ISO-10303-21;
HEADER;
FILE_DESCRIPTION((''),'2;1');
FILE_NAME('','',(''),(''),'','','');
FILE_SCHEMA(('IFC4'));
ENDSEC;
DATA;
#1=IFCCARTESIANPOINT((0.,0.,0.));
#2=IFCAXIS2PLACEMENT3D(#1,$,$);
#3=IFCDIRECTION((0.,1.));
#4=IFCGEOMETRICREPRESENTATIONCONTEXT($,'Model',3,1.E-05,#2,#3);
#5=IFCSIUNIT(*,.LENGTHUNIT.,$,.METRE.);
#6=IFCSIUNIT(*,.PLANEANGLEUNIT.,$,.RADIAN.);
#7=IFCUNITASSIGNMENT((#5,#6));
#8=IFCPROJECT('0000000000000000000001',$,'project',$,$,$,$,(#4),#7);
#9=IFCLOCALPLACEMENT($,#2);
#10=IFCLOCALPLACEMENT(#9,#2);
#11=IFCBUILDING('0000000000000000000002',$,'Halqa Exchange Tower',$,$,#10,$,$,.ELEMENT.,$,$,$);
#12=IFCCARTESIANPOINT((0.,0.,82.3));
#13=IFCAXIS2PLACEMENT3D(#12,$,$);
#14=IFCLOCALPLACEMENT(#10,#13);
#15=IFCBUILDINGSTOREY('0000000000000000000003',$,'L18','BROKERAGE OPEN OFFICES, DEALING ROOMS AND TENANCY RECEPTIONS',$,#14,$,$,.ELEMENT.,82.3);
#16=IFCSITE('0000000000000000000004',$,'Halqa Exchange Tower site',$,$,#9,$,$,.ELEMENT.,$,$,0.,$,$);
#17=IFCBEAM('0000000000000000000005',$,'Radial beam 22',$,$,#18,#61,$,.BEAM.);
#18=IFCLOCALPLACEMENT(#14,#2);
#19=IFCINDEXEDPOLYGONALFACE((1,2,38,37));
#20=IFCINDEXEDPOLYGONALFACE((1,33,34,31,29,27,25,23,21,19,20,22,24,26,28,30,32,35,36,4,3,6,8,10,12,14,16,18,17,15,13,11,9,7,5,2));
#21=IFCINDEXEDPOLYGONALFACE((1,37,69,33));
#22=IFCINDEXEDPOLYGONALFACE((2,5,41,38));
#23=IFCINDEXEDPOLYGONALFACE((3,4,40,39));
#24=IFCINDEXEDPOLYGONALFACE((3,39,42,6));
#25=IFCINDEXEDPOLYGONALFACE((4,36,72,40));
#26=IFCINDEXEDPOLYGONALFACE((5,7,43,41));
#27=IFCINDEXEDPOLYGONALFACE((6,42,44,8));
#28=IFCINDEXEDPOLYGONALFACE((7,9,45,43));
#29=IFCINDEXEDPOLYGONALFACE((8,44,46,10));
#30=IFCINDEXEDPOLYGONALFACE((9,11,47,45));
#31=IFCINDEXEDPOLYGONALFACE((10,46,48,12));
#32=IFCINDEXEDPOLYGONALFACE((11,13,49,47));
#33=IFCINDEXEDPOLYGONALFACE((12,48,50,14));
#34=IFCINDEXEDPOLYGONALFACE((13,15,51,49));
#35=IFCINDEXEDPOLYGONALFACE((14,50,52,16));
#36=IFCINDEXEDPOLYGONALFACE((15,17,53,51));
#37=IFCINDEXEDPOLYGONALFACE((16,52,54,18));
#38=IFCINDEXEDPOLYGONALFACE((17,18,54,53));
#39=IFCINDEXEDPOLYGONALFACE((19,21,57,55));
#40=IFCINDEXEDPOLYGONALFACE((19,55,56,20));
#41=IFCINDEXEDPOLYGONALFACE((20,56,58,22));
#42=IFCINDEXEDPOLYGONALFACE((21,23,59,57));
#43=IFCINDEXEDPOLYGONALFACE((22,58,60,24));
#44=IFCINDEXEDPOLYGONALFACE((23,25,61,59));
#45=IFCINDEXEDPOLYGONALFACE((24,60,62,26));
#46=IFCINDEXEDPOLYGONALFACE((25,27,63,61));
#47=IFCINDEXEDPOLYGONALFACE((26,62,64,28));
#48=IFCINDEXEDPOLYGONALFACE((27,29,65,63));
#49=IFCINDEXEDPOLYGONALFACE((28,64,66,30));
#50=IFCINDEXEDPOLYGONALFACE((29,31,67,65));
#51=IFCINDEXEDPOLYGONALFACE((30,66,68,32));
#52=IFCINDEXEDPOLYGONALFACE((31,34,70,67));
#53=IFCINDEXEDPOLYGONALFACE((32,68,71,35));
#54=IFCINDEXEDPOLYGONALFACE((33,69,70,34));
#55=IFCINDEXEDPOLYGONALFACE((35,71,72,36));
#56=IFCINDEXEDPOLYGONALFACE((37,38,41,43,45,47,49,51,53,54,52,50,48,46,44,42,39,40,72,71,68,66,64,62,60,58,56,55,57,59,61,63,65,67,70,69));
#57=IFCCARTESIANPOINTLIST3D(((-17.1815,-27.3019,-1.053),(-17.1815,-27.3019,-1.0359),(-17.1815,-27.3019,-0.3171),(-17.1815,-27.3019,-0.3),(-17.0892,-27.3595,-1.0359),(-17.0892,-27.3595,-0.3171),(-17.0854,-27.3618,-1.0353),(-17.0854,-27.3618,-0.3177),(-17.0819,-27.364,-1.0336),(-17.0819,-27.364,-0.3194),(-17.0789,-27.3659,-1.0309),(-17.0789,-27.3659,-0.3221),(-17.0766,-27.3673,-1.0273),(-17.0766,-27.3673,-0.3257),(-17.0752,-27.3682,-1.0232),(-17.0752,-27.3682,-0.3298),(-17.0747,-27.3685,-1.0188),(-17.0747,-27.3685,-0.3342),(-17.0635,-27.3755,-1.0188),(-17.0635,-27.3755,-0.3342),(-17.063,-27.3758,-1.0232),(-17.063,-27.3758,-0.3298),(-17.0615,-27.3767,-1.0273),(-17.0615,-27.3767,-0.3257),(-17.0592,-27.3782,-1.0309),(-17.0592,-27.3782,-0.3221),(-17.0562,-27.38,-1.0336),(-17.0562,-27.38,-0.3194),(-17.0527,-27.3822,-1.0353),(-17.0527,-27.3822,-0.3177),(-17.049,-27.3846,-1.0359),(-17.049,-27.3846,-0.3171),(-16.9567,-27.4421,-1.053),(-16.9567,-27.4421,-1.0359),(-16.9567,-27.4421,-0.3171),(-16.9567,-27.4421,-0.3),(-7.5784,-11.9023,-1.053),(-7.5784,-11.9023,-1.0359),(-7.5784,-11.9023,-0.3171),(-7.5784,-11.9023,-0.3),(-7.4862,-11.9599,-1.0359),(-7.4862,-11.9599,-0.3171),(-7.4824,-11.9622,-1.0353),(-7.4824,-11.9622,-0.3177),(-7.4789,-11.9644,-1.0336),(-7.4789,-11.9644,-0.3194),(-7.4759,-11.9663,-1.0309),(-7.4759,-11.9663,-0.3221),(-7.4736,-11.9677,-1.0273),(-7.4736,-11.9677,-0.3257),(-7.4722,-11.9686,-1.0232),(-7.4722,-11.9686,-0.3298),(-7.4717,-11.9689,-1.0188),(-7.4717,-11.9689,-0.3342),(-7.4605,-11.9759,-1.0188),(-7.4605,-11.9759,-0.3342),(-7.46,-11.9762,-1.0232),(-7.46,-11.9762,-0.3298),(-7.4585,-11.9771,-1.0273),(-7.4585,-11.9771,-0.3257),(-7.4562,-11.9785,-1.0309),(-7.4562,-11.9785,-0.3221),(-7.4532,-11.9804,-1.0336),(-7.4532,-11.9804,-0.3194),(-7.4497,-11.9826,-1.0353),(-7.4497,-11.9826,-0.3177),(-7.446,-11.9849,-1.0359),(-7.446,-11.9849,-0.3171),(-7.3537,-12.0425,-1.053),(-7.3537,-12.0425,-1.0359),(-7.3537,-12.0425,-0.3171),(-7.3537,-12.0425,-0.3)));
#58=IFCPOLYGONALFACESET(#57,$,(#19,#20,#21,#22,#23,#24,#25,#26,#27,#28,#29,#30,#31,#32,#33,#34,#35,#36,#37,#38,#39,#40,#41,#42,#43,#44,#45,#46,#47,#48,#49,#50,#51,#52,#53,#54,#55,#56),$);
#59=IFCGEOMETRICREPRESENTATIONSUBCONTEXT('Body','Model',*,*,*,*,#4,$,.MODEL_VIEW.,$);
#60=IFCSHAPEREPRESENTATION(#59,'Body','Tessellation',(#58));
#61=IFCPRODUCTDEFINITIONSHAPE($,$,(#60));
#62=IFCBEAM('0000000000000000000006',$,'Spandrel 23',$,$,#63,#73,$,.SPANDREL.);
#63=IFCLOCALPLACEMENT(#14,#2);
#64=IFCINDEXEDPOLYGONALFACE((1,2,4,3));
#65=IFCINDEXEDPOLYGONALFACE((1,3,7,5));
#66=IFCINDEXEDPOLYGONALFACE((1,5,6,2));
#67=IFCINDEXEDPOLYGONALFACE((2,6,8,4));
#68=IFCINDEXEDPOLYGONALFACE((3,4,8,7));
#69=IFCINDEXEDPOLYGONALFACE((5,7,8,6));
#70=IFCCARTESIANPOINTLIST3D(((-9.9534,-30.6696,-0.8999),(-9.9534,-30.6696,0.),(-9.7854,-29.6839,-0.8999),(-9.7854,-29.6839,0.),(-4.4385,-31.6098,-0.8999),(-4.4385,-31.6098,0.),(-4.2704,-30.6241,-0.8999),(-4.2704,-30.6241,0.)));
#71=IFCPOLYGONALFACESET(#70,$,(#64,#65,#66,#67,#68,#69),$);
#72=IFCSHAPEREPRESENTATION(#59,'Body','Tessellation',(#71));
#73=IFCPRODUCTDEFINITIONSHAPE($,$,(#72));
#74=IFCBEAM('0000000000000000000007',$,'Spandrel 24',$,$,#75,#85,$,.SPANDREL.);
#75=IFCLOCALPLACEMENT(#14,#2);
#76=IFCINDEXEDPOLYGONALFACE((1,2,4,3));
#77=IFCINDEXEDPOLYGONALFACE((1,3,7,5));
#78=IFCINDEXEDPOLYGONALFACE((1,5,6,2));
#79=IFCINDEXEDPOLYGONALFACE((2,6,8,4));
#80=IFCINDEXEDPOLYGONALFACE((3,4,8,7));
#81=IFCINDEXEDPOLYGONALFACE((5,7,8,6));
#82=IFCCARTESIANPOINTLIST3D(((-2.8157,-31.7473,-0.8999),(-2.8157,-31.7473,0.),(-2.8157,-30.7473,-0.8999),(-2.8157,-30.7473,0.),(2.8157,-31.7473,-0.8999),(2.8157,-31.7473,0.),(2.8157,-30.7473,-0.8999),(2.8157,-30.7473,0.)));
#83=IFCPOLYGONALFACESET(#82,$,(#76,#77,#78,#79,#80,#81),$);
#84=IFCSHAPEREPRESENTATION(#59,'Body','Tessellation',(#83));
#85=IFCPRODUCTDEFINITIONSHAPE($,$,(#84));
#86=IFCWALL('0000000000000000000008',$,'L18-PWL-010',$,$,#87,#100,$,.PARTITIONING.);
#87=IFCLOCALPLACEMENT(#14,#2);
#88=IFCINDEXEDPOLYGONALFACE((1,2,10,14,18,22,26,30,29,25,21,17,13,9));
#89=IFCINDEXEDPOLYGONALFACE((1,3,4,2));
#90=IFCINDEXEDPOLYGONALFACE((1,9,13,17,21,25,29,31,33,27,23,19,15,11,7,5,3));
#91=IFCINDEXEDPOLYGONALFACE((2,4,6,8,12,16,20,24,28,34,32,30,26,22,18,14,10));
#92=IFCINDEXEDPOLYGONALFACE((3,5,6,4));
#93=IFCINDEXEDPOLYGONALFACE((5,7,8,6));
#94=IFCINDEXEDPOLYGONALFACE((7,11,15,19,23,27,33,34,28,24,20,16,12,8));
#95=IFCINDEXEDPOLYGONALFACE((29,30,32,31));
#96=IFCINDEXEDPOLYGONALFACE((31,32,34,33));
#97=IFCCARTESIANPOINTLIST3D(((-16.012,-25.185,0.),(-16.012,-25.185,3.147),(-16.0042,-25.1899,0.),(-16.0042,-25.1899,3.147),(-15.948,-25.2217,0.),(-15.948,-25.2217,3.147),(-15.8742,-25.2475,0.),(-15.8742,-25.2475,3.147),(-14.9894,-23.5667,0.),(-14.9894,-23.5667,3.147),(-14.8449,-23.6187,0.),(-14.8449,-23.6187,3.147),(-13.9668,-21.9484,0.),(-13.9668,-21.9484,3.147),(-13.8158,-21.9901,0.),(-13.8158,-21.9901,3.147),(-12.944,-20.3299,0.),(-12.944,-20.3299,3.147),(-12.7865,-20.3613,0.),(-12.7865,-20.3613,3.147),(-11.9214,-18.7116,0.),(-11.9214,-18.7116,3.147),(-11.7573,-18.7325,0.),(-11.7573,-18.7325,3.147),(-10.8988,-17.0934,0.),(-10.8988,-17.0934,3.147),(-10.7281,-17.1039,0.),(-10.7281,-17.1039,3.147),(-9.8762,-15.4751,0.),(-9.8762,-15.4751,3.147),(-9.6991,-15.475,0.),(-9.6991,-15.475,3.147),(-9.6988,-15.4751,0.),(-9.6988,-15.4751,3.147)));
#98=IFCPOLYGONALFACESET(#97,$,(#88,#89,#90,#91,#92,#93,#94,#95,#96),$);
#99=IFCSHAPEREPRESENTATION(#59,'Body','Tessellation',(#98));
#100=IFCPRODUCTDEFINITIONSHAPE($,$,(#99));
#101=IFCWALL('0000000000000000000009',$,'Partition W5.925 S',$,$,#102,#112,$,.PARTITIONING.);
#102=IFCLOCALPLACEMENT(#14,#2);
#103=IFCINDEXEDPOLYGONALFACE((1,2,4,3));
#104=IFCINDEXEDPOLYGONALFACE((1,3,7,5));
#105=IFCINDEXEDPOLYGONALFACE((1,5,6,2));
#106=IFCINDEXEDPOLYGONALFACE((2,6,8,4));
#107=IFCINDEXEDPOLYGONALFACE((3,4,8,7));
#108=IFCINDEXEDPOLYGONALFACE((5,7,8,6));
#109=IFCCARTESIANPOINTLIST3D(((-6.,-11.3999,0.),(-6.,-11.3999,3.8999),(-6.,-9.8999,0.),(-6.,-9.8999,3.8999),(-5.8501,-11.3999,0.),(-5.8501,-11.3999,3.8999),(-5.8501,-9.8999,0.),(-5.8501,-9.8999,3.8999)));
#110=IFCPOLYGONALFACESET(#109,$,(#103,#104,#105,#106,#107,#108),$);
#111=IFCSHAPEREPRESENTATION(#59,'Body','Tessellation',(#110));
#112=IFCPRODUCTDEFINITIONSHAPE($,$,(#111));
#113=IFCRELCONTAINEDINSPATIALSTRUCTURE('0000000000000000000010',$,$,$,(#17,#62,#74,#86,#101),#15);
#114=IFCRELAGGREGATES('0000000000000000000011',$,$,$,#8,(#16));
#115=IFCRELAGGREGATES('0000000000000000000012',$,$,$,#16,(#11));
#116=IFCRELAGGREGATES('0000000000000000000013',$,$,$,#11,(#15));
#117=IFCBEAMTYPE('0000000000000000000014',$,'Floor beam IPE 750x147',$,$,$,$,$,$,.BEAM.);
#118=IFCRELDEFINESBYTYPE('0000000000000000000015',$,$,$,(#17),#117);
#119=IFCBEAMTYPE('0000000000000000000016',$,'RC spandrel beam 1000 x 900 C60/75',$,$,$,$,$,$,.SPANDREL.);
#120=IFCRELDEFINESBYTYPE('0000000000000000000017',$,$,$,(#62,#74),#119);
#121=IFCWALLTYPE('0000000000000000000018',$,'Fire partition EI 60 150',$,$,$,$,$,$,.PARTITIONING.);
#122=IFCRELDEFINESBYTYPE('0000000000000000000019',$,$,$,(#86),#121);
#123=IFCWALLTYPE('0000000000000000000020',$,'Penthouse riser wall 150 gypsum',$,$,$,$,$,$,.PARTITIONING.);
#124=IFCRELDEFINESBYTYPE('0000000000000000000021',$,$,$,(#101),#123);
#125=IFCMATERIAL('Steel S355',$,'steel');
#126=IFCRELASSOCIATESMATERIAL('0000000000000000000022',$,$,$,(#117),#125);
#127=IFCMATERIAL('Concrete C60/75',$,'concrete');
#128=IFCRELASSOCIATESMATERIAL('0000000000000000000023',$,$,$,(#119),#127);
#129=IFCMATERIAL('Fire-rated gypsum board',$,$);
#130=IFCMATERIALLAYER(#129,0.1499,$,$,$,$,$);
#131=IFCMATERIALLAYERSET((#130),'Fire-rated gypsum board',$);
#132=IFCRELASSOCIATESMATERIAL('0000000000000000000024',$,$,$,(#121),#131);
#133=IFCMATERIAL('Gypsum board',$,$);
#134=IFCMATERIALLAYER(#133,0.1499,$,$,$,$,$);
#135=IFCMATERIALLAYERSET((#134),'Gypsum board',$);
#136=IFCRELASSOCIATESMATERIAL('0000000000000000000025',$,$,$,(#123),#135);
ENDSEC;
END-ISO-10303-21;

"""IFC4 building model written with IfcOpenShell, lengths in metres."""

from ifc_helpers import new_model, si_unit, direction, frame, frame_2d, origin, origin_2d, place, context, subcontext, project, spatial, polyline, rectangle, i_section, outline, extrude, material, layer, layer_set, material_profile, profile_set, type_object, element, save


model = new_model("IFC4")

# Units and contexts
model_context = context("Model", 3, precision=1e-05, world=origin(), true_north=direction((0.0, 1.0)))
body_context = subcontext(model_context, "Body", "Model", "MODEL_VIEW")
ifc_project = project(units=[si_unit("LENGTHUNIT", "METRE"), si_unit("PLANEANGLEUNIT", "RADIAN")], contexts=[model_context])

# Site, building, storey
site_placement = place(None, origin())
site = spatial("IfcSite", under=ifc_project, at=site_placement, Name="Halqa Exchange Tower site", CompositionType="ELEMENT", RefElevation=0.0)
building_placement = place(site_placement, origin())
building = spatial("IfcBuilding", under=site, at=building_placement, Name="Halqa Exchange Tower", CompositionType="ELEMENT")
storey_placement = place(building_placement, frame((0.0, 0.0, 82.3)))
storey = spatial("IfcBuildingStorey", under=building, at=storey_placement, Name="L18", Description="BROKERAGE OPEN OFFICES, DEALING ROOMS AND TENANCY RECEPTIONS", CompositionType="ELEMENT", Elevation=82.3)

# Beams
ifc_material_1 = material(Name="Steel S355", Category="steel")
ifc_material_profile_1 = material_profile(ifc_material_1, i_section(OverallWidth=0.2649, OverallDepth=0.7529, WebThickness=0.0132, FlangeThickness=0.0171, FilletRadius=0.0171, at=origin_2d()), Name="IPE 750x147")
ifc_profile_set_1 = profile_set([ifc_material_profile_1], Name="Steel S355")
beam_type_1 = type_object("IfcBeamType", Name="Floor beam IPE 750x147", PredefinedType="BEAM", material=ifc_profile_set_1)
beam_1_placement = place(storey_placement, frame((-7.4661, -11.9724, -0.6765), z_axis=(-0.529137, -0.848537, 0.0), x_axis=(0.848537, -0.529137, 0.0)))
element("IfcBeam", 1, at=beam_1_placement, inside=storey, type_object=beam_type_1, Name="Radial beam 22", PredefinedType="BEAM", context=body_context, shape_type="SweptSolid", body=[
    extrude(i_section(OverallWidth=0.2649, OverallDepth=0.7529, WebThickness=0.0132, FlangeThickness=0.0171, FilletRadius=0.0171, at=origin_2d()), origin(), (0.0, 0.0, 1.0), 18.1484),
])
ifc_material_2 = material(Name="Concrete C60/75", Category="concrete")
ifc_material_profile_2 = material_profile(ifc_material_2, rectangle(XDim=1.0, YDim=0.8999, at=origin_2d()), Name="1000 x 900")
ifc_profile_set_2 = profile_set([ifc_material_profile_2], Name="Concrete C60/75")
beam_type_2 = type_object("IfcBeamType", Name="RC spandrel beam 1000 x 900 C60/75", PredefinedType="SPANDREL", material=ifc_profile_set_2)
beam_2_placement = place(storey_placement, frame((-9.8694, -30.1768, -0.45), z_axis=(0.985777, -0.168057, 0.0), x_axis=(0.168057, 0.985777, 0.0)))
element("IfcBeam", 2, at=beam_2_placement, inside=storey, type_object=beam_type_2, Name="Spandrel 23", PredefinedType="SPANDREL", context=body_context, shape_type="SweptSolid", body=[
    extrude(rectangle(XDim=1.0, YDim=0.8999, at=origin_2d()), origin(), (0.0, 0.0, 1.0), 5.5945),
])
beam_3_placement = place(storey_placement, frame((-2.8157, -31.2473, -0.45), z_axis=(1.0, 0.0, 0.0), x_axis=(0.0, 1.0, 0.0)))
element("IfcBeam", 3, at=beam_3_placement, inside=storey, type_object=beam_type_2, Name="Spandrel 24", PredefinedType="SPANDREL", context=body_context, shape_type="SweptSolid", body=[
    extrude(rectangle(XDim=1.0, YDim=0.8999, at=origin_2d()), origin(), (0.0, 0.0, 1.0), 5.6313),
])

# Walls
ifc_material_3 = material(Name="Fire-rated gypsum board")
ifc_layer_1 = layer(ifc_material_3, 0.1499)
ifc_layer_set_1 = layer_set([ifc_layer_1], Name="Fire-rated gypsum board")
wall_type_1 = type_object("IfcWallType", Name="Fire partition EI 60 150", PredefinedType="PARTITIONING", material=ifc_layer_set_1)
wall_1_placement = place(storey_placement, frame((-9.7622, -15.4351, 0.0), z_axis=(0.0, 0.0, 1.0), x_axis=(-0.534199, -0.845359, 0.0)))
element("IfcWall", 4, at=wall_1_placement, inside=storey, type_object=wall_type_1, Name="L18-PWL-010", PredefinedType="PARTITIONING", context=body_context, shape_type="SweptSolid", body=[
    extrude(outline(polyline([(11.5808, -0.075), (11.5808, -0.0657), (11.5776, -0.0012), (11.5601, 0.075), (9.6333, 0.075), (7.7068, 0.075), (5.78, 0.075), (3.8533, 0.075), (1.9268, 0.075), (0.0, 0.075), (0.0, 0.0747), (0.0947, -0.075), (2.009, -0.075), (3.9233, -0.075), (5.8376, -0.075), (7.7522, -0.075), (9.6665, -0.075), (11.5808, -0.075)])), origin(), (0.0, 0.0, 1.0), 3.147),
])
ifc_material_4 = material(Name="Gypsum board")
ifc_layer_2 = layer(ifc_material_4, 0.1499)
ifc_layer_set_2 = layer_set([ifc_layer_2], Name="Gypsum board")
wall_type_2 = type_object("IfcWallType", Name="Penthouse riser wall 150 gypsum", PredefinedType="PARTITIONING", material=ifc_layer_set_2)
wall_2_placement = place(storey_placement, frame((-5.925, -11.3999, 0.0), z_axis=(0.0, 0.0, 1.0), x_axis=(0.0, 1.0, 0.0)))
element("IfcWall", 5, at=wall_2_placement, inside=storey, type_object=wall_type_2, Name="Partition W5.925 S", PredefinedType="PARTITIONING", context=body_context, shape_type="SweptSolid", body=[
    extrude(rectangle(XDim=1.5, YDim=0.1499, at=frame_2d((0.75, 0.0))), origin(), (0.0, 0.0, 1.0), 3.8999),
])

save(model, "model.ifc")
